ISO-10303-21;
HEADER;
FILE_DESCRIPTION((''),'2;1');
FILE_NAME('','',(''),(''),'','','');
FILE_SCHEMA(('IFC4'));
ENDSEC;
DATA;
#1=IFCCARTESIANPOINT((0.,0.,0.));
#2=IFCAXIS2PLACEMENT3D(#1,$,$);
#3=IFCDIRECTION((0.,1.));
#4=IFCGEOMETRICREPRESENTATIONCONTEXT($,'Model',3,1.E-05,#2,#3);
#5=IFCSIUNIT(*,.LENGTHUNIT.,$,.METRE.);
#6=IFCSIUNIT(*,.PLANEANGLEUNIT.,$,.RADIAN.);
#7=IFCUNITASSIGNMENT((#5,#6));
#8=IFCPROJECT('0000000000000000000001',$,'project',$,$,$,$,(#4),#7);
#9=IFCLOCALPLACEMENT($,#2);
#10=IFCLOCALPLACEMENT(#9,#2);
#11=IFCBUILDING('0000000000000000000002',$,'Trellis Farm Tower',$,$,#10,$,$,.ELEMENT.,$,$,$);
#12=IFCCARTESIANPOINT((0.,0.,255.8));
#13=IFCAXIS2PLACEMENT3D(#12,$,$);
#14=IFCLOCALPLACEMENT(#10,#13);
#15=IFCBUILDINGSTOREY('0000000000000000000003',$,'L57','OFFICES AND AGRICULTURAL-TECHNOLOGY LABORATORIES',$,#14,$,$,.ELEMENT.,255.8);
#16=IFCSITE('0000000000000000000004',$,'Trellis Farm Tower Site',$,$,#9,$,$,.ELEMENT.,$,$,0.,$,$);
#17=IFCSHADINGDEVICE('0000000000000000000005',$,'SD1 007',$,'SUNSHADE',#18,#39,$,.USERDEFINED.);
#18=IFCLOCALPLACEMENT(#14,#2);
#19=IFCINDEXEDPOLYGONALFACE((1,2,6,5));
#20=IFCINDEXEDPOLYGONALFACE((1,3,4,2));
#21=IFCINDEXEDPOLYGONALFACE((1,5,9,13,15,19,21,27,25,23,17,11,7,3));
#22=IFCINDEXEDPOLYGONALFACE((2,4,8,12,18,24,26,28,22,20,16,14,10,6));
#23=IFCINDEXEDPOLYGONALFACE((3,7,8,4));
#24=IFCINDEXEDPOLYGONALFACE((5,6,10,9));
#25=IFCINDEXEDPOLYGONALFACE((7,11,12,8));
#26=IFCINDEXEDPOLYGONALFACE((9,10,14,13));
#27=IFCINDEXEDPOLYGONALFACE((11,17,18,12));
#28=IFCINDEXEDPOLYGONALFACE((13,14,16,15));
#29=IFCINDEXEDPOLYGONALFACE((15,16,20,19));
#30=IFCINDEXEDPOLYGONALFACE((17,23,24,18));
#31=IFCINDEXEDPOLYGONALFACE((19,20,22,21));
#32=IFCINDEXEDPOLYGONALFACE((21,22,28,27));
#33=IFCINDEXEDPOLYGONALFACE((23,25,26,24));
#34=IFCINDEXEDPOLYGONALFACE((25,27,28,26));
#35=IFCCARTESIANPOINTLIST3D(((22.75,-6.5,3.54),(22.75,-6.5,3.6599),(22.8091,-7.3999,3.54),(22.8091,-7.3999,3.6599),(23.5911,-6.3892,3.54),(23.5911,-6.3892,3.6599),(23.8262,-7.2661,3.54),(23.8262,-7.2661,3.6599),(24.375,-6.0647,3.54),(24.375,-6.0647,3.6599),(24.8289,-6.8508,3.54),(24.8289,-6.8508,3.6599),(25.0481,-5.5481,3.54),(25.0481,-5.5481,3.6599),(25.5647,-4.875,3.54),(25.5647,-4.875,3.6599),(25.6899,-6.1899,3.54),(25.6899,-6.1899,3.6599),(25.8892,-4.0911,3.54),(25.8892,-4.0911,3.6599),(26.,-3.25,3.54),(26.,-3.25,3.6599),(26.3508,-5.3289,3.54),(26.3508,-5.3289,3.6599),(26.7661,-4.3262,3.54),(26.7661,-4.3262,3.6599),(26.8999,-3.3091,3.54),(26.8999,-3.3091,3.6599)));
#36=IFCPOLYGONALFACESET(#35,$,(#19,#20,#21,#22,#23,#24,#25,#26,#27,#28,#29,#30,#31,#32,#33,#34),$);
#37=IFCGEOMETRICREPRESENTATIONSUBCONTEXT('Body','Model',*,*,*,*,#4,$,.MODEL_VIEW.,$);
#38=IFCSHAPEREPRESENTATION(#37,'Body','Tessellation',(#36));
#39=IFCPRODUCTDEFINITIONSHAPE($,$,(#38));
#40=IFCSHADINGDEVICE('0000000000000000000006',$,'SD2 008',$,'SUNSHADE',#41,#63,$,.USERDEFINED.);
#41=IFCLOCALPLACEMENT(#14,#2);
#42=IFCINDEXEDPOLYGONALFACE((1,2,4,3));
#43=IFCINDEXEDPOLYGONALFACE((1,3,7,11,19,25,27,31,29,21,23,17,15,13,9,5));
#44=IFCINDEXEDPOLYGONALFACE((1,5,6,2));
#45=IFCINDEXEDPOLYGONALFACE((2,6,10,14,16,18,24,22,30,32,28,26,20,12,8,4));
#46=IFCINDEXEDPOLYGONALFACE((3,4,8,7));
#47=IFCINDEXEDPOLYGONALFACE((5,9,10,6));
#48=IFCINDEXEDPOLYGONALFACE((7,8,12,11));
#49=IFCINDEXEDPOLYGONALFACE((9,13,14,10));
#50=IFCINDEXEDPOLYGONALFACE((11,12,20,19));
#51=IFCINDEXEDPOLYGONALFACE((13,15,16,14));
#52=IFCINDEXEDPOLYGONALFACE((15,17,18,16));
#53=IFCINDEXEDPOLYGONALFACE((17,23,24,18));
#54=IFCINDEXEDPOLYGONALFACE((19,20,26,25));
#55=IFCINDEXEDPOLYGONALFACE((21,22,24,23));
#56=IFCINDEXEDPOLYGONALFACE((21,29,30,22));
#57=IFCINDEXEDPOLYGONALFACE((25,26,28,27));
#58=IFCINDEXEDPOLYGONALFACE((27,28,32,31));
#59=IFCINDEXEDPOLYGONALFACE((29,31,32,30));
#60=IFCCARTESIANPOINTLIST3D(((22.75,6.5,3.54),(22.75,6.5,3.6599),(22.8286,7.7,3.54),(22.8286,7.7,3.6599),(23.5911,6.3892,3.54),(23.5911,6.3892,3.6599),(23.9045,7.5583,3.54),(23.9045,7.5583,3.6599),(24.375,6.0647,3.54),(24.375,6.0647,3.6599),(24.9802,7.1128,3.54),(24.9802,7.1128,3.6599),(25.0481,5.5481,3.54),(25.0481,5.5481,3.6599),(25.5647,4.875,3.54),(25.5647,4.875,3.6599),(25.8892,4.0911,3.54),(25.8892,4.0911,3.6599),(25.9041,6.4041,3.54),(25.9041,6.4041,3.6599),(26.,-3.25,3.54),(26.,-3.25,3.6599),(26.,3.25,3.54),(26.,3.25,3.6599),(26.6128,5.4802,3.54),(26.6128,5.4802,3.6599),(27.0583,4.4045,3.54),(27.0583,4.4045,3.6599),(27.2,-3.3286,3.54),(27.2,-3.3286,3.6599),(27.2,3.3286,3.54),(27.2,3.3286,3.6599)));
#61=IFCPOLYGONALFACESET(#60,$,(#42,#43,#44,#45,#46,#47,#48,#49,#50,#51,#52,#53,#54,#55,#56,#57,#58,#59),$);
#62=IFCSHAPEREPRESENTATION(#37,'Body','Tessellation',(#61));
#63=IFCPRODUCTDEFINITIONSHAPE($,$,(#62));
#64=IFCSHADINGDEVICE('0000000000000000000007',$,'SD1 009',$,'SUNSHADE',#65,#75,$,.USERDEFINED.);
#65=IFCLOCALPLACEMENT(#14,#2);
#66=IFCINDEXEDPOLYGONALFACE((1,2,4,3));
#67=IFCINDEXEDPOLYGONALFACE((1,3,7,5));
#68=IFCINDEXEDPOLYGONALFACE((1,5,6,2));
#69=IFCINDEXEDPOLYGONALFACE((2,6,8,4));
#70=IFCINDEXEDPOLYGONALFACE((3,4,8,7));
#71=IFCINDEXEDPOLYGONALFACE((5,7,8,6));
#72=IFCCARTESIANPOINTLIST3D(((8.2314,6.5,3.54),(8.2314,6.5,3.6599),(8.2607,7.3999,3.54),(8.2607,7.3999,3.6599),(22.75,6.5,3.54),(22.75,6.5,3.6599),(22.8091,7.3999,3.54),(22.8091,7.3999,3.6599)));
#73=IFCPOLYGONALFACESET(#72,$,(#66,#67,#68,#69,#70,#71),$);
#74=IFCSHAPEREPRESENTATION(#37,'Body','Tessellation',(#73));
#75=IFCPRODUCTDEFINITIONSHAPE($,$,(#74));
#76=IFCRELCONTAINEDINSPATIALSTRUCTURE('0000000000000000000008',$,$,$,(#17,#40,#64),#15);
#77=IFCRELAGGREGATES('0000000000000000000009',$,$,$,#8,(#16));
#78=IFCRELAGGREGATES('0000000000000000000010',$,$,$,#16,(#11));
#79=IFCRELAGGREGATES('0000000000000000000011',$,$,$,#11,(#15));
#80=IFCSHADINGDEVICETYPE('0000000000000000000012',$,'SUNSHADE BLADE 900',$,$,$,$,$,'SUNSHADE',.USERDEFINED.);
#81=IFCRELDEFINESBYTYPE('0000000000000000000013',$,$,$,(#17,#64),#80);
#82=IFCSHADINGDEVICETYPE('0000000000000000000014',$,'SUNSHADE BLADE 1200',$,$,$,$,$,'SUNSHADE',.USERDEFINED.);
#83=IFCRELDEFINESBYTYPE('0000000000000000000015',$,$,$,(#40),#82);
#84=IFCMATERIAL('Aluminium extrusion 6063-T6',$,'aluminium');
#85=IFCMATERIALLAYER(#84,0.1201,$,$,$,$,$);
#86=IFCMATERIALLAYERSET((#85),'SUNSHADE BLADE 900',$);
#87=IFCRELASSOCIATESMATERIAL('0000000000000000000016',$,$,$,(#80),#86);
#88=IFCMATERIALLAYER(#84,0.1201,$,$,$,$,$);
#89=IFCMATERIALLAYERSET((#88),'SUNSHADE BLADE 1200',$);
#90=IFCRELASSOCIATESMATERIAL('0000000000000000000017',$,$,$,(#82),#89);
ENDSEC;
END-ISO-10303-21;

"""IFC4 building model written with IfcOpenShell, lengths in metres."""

from ifc_helpers import new_model, si_unit, direction, frame, origin, place, context, subcontext, project, spatial, polyline, outline, extrude, source, transform, mapped, material, layer, layer_set, type_object, element, save


model = new_model("IFC4")

# Units and contexts
model_context = context("Model", 3, precision=1e-05, world=origin(), true_north=direction((0.0, 1.0)))
body_context = subcontext(model_context, "Body", "Model", "MODEL_VIEW")
ifc_project = project(units=[si_unit("LENGTHUNIT", "METRE"), si_unit("PLANEANGLEUNIT", "RADIAN")], contexts=[model_context])

# Site, building, storey
site_placement = place(None, origin())
site = spatial("IfcSite", under=ifc_project, at=site_placement, Name="Trellis Farm Tower Site", CompositionType="ELEMENT", RefElevation=0.0)
building_placement = place(site_placement, origin())
building = spatial("IfcBuilding", under=site, at=building_placement, Name="Trellis Farm Tower", CompositionType="ELEMENT")
storey_placement = place(building_placement, frame((0.0, 0.0, 255.8)))
storey = spatial("IfcBuildingStorey", under=building, at=storey_placement, Name="L57", Description="OFFICES AND AGRICULTURAL-TECHNOLOGY LABORATORIES", CompositionType="ELEMENT", Elevation=255.8)

# Shared definitions
ifc_material_1 = material(Name="Aluminium extrusion 6063-T6", Category="aluminium")

# Shading devices
ifc_layer_1 = layer(ifc_material_1, 0.1201)
ifc_layer_set_1 = layer_set([ifc_layer_1], Name="SUNSHADE BLADE 900")
shading_device_type_1 = type_object("IfcShadingDeviceType", Name="SUNSHADE BLADE 900", ElementType="SUNSHADE", PredefinedType="USERDEFINED", material=ifc_layer_set_1)
placement_1 = place(storey_placement, frame((0.0, 0.0, 3.54)))
ifc_layer_2 = layer(ifc_material_1, 0.1201)
ifc_layer_set_2 = layer_set([ifc_layer_2], Name="SUNSHADE BLADE 1200")
shading_device_type_2 = type_object("IfcShadingDeviceType", Name="SUNSHADE BLADE 1200", ElementType="SUNSHADE", PredefinedType="USERDEFINED", material=ifc_layer_set_2)
shared_shape_1 = source(origin(), body_context, "Body", "SweptSolid", [
    extrude(outline(polyline([(22.8091, -7.3999), (23.8262, -7.2661), (24.8289, -6.8508), (25.6899, -6.1899), (26.3508, -5.3289), (26.7661, -4.3262), (26.8999, -3.3091), (26.0, -3.25), (25.8892, -4.0911), (25.5647, -4.875), (25.0481, -5.5481), (24.375, -6.0647), (23.5911, -6.3892), (22.75, -6.5), (22.8091, -7.3999)])), origin(), (0.0, 0.0, 1.0), 0.1199),
])
element("IfcShadingDevice", 1, at=placement_1, inside=storey, type_object=shading_device_type_1, Name="SD1 007", ObjectType="SUNSHADE", PredefinedType="USERDEFINED", context=body_context, shape_type="MappedRepresentation", body=[
    mapped(shared_shape_1, transform((0.0, 0.0, 0.0))),
])
shared_shape_2 = source(origin(), body_context, "Body", "SweptSolid", [
    extrude(outline(polyline([(27.2, -3.3286), (27.2, 3.3286), (27.0583, 4.4045), (26.6128, 5.4802), (25.9041, 6.4041), (24.9802, 7.1128), (23.9045, 7.5583), (22.8286, 7.7), (22.75, 6.5), (23.5911, 6.3892), (24.375, 6.0647), (25.0481, 5.5481), (25.5647, 4.875), (25.8892, 4.0911), (26.0, 3.25), (26.0, -3.25), (27.2, -3.3286)])), origin(), (0.0, 0.0, 1.0), 0.1199),
])
element("IfcShadingDevice", 2, at=placement_1, inside=storey, type_object=shading_device_type_2, Name="SD2 008", ObjectType="SUNSHADE", PredefinedType="USERDEFINED", context=body_context, shape_type="MappedRepresentation", body=[
    mapped(shared_shape_2, transform((0.0, 0.0, 0.0))),
])
shared_shape_3 = source(origin(), body_context, "Body", "SweptSolid", [
    extrude(outline(polyline([(22.8091, 7.3999), (8.2607, 7.3999), (8.2314, 6.5), (22.75, 6.5), (22.8091, 7.3999)])), origin(), (0.0, 0.0, 1.0), 0.1199),
])
element("IfcShadingDevice", 3, at=placement_1, inside=storey, type_object=shading_device_type_1, Name="SD1 009", ObjectType="SUNSHADE", PredefinedType="USERDEFINED", context=body_context, shape_type="MappedRepresentation", body=[
    mapped(shared_shape_3, transform((0.0, 0.0, 0.0))),
])

save(model, "model.ifc")
